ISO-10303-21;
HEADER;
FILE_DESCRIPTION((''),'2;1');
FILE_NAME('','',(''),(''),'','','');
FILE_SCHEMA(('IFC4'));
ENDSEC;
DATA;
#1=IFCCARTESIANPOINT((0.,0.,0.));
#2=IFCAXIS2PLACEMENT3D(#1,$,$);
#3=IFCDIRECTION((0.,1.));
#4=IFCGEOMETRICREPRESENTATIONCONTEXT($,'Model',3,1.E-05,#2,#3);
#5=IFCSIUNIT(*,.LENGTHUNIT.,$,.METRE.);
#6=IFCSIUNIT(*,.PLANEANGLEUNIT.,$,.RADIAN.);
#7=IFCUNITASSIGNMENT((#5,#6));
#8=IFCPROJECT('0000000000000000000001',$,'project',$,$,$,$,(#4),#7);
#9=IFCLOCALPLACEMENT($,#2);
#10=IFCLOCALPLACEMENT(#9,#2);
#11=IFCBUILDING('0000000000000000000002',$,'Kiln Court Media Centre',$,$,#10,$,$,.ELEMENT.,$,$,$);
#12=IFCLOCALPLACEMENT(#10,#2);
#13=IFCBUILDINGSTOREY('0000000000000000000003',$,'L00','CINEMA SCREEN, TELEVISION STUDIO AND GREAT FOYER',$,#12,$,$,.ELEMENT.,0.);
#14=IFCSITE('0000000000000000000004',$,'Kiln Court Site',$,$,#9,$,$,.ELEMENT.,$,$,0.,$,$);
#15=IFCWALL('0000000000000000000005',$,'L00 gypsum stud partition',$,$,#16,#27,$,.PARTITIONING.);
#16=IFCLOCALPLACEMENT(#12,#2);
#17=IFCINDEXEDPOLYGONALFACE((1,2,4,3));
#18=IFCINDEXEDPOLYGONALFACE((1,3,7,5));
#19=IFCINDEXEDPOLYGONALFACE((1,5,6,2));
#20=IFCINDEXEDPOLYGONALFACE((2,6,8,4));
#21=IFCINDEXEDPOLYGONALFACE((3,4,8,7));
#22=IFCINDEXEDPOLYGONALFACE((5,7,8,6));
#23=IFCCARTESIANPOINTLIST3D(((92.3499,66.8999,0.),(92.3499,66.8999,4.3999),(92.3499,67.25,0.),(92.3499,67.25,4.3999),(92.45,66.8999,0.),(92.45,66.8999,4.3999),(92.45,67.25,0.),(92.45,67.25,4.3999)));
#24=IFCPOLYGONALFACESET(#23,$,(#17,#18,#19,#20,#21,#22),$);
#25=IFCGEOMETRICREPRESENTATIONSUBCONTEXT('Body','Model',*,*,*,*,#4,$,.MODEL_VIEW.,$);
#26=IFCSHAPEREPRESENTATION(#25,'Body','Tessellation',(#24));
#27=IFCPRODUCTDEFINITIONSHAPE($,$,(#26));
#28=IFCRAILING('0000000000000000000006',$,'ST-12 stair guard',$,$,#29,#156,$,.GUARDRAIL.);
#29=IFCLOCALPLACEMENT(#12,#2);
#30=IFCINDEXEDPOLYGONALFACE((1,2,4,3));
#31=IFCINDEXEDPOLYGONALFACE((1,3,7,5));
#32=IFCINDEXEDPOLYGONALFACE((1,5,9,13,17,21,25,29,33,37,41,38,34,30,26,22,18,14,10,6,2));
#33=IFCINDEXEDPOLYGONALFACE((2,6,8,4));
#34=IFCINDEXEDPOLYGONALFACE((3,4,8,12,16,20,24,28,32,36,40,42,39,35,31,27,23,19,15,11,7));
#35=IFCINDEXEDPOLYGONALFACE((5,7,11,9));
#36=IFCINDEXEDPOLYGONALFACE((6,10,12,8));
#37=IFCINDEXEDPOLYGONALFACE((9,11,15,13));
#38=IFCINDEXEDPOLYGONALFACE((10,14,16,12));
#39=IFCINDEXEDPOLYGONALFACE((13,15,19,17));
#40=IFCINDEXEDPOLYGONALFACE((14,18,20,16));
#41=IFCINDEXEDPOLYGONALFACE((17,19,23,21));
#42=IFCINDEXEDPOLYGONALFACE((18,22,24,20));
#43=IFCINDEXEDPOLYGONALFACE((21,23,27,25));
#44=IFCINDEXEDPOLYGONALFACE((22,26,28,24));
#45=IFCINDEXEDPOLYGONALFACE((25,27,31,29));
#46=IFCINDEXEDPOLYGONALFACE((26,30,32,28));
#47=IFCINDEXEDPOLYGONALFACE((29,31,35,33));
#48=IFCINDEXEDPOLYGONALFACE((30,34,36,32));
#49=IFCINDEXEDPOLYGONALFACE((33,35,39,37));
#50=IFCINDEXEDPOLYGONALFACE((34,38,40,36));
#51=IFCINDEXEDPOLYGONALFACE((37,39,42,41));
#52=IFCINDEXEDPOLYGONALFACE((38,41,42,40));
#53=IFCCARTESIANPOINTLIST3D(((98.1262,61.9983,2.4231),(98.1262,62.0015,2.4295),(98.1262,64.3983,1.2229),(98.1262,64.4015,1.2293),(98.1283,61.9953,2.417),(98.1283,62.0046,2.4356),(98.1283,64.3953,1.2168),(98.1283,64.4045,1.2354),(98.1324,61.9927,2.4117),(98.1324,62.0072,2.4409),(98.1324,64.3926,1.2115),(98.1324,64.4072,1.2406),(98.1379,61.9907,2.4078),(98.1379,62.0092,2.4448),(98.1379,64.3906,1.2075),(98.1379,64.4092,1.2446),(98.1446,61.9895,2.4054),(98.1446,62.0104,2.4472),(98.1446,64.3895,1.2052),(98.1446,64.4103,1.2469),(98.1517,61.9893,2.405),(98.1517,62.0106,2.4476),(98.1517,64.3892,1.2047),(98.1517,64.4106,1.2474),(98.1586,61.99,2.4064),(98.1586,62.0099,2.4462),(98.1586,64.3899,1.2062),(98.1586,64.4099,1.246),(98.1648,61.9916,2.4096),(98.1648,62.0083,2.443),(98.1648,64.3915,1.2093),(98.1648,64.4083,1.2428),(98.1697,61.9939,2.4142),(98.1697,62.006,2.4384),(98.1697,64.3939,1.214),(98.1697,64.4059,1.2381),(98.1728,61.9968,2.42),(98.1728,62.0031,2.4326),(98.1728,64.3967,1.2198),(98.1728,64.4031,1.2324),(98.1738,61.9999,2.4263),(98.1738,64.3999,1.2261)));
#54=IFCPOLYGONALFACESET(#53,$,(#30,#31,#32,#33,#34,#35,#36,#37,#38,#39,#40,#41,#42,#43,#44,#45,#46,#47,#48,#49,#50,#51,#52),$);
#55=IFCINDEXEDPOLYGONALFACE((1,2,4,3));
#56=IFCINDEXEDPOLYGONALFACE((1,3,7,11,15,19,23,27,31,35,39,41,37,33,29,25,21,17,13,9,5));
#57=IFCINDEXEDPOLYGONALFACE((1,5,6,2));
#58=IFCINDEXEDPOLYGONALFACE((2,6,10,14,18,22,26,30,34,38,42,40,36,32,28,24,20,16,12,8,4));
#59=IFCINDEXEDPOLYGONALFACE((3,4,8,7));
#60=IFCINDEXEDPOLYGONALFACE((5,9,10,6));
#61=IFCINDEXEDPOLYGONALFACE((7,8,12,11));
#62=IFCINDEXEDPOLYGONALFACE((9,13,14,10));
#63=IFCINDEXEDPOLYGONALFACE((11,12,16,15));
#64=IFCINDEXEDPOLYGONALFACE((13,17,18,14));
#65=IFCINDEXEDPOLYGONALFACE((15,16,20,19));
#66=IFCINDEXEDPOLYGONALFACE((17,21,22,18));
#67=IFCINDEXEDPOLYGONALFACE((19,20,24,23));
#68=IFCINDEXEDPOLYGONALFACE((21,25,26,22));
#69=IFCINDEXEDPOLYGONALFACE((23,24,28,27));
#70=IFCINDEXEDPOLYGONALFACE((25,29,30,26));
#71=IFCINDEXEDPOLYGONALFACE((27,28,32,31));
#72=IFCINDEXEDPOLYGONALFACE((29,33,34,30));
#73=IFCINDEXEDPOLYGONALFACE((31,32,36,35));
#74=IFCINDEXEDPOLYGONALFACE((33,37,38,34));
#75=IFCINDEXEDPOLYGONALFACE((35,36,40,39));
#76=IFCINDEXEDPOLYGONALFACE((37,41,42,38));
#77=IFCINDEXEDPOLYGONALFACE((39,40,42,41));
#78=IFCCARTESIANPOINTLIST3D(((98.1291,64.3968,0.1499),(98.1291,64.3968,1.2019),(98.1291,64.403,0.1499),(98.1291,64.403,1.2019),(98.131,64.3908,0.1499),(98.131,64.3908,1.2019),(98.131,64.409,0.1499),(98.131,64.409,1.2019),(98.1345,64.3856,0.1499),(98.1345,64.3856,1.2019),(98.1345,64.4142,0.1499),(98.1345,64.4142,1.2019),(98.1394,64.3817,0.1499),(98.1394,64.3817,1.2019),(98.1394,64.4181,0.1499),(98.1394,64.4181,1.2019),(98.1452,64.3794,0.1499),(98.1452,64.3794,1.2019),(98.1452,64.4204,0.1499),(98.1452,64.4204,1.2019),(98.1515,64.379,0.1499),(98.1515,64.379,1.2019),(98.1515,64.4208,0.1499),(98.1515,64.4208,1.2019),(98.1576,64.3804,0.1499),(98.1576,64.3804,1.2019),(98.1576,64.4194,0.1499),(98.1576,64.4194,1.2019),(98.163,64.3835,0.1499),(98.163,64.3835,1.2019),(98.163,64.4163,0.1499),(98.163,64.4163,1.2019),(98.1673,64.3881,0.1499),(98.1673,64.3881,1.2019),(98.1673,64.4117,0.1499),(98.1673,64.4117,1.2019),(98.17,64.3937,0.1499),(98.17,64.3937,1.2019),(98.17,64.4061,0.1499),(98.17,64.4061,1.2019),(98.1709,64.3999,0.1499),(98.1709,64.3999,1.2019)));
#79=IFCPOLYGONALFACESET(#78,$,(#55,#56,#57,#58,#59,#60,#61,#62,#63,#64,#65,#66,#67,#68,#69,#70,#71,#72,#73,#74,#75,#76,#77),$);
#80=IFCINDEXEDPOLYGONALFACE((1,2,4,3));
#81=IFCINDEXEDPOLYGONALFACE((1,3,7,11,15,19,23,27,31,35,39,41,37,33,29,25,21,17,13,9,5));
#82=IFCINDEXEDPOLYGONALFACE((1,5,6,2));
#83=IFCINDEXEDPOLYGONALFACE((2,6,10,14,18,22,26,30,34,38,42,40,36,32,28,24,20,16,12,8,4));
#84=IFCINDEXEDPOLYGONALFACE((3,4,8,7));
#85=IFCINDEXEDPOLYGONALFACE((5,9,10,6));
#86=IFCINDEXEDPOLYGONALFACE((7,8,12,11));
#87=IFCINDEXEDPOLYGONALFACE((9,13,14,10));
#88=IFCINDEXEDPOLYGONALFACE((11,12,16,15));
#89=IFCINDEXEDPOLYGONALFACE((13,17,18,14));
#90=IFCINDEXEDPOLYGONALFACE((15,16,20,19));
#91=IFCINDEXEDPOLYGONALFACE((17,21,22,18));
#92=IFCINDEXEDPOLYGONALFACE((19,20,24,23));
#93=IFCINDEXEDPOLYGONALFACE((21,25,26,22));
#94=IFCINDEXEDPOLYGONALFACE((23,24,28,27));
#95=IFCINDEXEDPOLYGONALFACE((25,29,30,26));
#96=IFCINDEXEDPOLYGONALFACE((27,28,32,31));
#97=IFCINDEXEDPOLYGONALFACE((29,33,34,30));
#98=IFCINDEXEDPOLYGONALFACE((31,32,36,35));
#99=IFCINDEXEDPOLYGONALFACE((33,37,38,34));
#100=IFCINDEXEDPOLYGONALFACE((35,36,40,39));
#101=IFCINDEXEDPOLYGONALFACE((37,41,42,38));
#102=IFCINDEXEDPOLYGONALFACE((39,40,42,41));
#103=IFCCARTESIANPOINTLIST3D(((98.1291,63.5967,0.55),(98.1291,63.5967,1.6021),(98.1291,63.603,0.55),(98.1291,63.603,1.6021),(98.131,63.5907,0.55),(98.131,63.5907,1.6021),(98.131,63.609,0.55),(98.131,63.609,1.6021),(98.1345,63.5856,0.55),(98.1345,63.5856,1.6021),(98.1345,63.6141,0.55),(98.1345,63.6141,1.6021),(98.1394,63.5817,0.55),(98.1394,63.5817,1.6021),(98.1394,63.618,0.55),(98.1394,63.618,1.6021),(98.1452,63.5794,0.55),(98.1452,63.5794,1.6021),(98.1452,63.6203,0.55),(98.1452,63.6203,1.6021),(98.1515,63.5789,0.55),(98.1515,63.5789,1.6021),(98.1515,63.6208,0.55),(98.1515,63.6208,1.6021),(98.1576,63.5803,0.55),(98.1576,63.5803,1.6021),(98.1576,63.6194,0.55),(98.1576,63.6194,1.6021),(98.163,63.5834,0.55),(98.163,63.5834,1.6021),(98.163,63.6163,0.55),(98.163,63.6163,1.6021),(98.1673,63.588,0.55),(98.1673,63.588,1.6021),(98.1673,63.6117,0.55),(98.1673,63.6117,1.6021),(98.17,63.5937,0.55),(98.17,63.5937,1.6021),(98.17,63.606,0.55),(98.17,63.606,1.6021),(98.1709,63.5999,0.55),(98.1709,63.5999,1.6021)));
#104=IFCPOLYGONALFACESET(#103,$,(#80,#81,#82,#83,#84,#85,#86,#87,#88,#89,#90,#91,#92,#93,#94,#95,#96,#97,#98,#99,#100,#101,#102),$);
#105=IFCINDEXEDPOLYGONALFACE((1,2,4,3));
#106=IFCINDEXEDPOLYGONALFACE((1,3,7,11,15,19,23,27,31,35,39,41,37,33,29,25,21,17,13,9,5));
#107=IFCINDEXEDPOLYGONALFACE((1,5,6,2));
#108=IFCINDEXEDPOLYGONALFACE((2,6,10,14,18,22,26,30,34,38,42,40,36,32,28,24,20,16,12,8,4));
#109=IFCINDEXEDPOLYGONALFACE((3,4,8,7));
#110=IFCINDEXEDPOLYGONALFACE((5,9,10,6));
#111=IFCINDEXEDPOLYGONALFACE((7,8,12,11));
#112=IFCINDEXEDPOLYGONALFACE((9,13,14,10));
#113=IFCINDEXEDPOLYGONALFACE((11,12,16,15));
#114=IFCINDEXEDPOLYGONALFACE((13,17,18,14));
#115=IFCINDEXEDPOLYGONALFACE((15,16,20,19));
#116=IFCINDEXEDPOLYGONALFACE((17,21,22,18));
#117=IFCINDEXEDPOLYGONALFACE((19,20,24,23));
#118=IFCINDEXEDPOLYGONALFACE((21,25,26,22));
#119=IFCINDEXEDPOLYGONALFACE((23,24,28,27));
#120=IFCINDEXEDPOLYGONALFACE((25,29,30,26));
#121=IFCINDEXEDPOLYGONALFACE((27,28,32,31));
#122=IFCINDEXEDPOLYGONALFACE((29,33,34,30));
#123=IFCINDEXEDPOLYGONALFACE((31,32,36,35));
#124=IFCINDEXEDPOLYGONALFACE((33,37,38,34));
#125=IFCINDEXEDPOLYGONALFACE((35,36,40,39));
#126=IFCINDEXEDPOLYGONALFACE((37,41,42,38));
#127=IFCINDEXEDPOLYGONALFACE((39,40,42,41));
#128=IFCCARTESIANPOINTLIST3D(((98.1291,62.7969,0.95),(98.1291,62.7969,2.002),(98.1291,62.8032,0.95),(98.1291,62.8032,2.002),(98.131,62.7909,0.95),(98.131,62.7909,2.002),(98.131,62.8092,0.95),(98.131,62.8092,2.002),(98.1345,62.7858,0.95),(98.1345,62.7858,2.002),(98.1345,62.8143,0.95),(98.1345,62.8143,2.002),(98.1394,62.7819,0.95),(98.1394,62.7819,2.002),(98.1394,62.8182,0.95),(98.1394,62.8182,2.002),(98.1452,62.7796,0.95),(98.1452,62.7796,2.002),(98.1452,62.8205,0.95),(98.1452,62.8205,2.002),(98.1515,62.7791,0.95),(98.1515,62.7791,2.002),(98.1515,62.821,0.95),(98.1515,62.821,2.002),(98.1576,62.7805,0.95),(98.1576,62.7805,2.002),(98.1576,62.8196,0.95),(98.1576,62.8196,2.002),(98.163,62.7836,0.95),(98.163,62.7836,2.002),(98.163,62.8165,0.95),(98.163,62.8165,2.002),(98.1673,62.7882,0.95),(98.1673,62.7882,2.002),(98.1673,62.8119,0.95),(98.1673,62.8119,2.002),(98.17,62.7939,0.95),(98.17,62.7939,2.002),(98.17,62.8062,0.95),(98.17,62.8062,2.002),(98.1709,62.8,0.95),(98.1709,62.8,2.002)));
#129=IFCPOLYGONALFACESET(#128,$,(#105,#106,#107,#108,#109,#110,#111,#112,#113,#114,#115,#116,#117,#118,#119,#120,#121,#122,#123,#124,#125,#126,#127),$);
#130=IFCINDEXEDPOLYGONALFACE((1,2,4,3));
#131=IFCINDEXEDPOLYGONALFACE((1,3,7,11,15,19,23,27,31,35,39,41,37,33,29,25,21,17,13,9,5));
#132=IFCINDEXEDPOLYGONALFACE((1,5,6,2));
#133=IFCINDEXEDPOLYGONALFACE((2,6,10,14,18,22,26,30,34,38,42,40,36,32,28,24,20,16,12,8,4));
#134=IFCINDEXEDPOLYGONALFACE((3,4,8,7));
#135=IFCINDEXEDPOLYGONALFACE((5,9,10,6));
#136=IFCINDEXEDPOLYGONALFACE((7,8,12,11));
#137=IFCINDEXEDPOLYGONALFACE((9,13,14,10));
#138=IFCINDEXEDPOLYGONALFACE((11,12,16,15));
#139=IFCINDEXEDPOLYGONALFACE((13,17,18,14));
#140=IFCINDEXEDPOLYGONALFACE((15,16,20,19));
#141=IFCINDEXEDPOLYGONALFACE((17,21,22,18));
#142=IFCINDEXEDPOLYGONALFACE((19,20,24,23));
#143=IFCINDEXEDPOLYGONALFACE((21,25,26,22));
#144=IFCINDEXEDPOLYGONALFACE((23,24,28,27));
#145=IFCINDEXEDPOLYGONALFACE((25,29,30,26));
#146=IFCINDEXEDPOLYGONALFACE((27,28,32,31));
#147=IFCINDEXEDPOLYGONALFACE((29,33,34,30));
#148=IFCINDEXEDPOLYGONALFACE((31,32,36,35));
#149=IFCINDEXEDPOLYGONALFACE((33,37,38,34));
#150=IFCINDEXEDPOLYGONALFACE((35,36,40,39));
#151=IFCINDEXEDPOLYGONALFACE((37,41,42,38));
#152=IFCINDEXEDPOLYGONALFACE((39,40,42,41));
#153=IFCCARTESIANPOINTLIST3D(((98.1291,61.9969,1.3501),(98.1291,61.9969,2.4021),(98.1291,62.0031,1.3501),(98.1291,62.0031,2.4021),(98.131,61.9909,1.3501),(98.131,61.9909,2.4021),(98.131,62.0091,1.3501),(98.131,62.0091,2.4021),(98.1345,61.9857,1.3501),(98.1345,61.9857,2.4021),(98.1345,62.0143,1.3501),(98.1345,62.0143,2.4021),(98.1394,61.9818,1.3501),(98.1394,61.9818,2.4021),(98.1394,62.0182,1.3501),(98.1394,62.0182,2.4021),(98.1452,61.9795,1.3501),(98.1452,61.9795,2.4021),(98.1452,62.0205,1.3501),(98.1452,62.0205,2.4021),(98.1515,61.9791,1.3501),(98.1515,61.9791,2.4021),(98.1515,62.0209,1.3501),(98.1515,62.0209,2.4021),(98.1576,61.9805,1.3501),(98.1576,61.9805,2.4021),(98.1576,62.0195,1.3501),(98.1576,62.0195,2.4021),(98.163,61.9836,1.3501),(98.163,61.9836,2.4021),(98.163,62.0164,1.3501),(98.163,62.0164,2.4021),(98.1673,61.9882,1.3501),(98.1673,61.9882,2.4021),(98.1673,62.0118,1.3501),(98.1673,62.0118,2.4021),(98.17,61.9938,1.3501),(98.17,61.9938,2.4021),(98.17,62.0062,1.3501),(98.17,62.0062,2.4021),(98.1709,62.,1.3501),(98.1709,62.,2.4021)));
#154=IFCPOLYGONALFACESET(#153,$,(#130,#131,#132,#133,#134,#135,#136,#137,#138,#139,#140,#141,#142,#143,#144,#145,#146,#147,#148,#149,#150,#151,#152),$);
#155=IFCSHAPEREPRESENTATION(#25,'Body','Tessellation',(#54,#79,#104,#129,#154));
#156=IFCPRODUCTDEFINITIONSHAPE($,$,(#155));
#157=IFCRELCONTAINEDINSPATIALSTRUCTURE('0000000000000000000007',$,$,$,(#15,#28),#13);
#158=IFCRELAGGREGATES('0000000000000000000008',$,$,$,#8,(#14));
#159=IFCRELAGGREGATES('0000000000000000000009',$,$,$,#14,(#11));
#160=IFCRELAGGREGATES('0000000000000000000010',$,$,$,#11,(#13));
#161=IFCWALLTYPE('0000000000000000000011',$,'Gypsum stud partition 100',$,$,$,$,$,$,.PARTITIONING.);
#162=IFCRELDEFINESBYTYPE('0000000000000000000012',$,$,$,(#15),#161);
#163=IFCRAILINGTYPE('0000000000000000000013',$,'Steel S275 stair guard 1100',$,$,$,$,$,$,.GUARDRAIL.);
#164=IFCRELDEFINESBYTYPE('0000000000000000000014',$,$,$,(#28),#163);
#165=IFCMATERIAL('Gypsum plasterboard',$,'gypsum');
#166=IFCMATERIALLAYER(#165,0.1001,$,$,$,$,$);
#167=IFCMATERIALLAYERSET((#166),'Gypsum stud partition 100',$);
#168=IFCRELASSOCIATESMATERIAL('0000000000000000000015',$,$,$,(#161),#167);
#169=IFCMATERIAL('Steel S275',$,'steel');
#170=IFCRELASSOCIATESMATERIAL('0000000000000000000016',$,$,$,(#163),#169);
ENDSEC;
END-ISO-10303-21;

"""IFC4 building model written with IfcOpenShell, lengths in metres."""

from ifc_helpers import new_model, si_unit, direction, frame, frame_2d, origin, origin_2d, place, context, subcontext, project, spatial, rectangle, circle, extrude, material, layer, layer_set, type_object, element, save


model = new_model("IFC4")

# Units and contexts
model_context = context("Model", 3, precision=1e-05, world=origin(), true_north=direction((0.0, 1.0)))
body_context = subcontext(model_context, "Body", "Model", "MODEL_VIEW")
ifc_project = project(units=[si_unit("LENGTHUNIT", "METRE"), si_unit("PLANEANGLEUNIT", "RADIAN")], contexts=[model_context])

# Site, building, storey
site_placement = place(None, origin())
site = spatial("IfcSite", under=ifc_project, at=site_placement, Name="Kiln Court Site", CompositionType="ELEMENT", RefElevation=0.0)
building_placement = place(site_placement, origin())
building = spatial("IfcBuilding", under=site, at=building_placement, Name="Kiln Court Media Centre", CompositionType="ELEMENT")
storey_placement = place(building_placement, origin())
storey = spatial("IfcBuildingStorey", under=building, at=storey_placement, Name="L00", Description="CINEMA SCREEN, TELEVISION STUDIO AND GREAT FOYER", CompositionType="ELEMENT", Elevation=0.0)

# Shared definitions
ifc_material_1 = material(Name="Gypsum plasterboard", Category="gypsum")
ifc_layer_1 = layer(ifc_material_1, 0.1001)
ifc_layer_set_1 = layer_set([ifc_layer_1], Name="Gypsum stud partition 100")
wall_type_1 = type_object("IfcWallType", Name="Gypsum stud partition 100", PredefinedType="PARTITIONING", material=ifc_layer_set_1)

# Wall
wall_1_placement = place(storey_placement, frame((92.3999, 66.8999, 0.0), z_axis=(0.0, 0.0, 1.0), x_axis=(0.0, 1.0, 0.0)))
element("IfcWall", 1, at=wall_1_placement, inside=storey, type_object=wall_type_1, Name="L00 gypsum stud partition", PredefinedType="PARTITIONING", context=body_context, shape_type="SweptSolid", body=[
    extrude(rectangle(XDim=0.3501, YDim=0.1001, at=frame_2d((0.175, 0.0))), origin(), (0.0, 0.0, 1.0), 4.3999),
])

# Railing
ifc_material_2 = material(Name="Steel S275", Category="steel")
railing_type_1 = type_object("IfcRailingType", Name="Steel S275 stair guard 1100", PredefinedType="GUARDRAIL", material=ifc_material_2)
railing_1_placement = place(storey_placement, frame((98.1499, 64.3999, 0.1499)))
element("IfcRailing", 2, at=railing_1_placement, inside=storey, type_object=railing_type_1, Name="ST-12 stair guard", PredefinedType="GUARDRAIL", context=body_context, shape_type="SweptSolid", body=[
    extrude(circle(Radius=0.0239, at=origin_2d()), frame((0.0, 0.0, 1.0762), z_axis=(0.0, -0.894391, 0.447286), x_axis=(1.0, 0.0, 0.0)), (0.0, 0.0, 1.0), 2.6833),
    extrude(circle(Radius=0.021, at=origin_2d()), origin(), (0.0, 0.0, 1.0), 1.052),
    extrude(circle(Radius=0.021, at=origin_2d()), frame((0.0, -0.8, 0.4001)), (0.0, 0.0, 1.0), 1.052),
    extrude(circle(Radius=0.021, at=origin_2d()), frame((0.0, -1.5999, 0.8)), (0.0, 0.0, 1.0), 1.052),
    extrude(circle(Radius=0.021, at=origin_2d()), frame((0.0, -2.3999, 1.2002)), (0.0, 0.0, 1.0), 1.052),
])

save(model, "model.ifc")
